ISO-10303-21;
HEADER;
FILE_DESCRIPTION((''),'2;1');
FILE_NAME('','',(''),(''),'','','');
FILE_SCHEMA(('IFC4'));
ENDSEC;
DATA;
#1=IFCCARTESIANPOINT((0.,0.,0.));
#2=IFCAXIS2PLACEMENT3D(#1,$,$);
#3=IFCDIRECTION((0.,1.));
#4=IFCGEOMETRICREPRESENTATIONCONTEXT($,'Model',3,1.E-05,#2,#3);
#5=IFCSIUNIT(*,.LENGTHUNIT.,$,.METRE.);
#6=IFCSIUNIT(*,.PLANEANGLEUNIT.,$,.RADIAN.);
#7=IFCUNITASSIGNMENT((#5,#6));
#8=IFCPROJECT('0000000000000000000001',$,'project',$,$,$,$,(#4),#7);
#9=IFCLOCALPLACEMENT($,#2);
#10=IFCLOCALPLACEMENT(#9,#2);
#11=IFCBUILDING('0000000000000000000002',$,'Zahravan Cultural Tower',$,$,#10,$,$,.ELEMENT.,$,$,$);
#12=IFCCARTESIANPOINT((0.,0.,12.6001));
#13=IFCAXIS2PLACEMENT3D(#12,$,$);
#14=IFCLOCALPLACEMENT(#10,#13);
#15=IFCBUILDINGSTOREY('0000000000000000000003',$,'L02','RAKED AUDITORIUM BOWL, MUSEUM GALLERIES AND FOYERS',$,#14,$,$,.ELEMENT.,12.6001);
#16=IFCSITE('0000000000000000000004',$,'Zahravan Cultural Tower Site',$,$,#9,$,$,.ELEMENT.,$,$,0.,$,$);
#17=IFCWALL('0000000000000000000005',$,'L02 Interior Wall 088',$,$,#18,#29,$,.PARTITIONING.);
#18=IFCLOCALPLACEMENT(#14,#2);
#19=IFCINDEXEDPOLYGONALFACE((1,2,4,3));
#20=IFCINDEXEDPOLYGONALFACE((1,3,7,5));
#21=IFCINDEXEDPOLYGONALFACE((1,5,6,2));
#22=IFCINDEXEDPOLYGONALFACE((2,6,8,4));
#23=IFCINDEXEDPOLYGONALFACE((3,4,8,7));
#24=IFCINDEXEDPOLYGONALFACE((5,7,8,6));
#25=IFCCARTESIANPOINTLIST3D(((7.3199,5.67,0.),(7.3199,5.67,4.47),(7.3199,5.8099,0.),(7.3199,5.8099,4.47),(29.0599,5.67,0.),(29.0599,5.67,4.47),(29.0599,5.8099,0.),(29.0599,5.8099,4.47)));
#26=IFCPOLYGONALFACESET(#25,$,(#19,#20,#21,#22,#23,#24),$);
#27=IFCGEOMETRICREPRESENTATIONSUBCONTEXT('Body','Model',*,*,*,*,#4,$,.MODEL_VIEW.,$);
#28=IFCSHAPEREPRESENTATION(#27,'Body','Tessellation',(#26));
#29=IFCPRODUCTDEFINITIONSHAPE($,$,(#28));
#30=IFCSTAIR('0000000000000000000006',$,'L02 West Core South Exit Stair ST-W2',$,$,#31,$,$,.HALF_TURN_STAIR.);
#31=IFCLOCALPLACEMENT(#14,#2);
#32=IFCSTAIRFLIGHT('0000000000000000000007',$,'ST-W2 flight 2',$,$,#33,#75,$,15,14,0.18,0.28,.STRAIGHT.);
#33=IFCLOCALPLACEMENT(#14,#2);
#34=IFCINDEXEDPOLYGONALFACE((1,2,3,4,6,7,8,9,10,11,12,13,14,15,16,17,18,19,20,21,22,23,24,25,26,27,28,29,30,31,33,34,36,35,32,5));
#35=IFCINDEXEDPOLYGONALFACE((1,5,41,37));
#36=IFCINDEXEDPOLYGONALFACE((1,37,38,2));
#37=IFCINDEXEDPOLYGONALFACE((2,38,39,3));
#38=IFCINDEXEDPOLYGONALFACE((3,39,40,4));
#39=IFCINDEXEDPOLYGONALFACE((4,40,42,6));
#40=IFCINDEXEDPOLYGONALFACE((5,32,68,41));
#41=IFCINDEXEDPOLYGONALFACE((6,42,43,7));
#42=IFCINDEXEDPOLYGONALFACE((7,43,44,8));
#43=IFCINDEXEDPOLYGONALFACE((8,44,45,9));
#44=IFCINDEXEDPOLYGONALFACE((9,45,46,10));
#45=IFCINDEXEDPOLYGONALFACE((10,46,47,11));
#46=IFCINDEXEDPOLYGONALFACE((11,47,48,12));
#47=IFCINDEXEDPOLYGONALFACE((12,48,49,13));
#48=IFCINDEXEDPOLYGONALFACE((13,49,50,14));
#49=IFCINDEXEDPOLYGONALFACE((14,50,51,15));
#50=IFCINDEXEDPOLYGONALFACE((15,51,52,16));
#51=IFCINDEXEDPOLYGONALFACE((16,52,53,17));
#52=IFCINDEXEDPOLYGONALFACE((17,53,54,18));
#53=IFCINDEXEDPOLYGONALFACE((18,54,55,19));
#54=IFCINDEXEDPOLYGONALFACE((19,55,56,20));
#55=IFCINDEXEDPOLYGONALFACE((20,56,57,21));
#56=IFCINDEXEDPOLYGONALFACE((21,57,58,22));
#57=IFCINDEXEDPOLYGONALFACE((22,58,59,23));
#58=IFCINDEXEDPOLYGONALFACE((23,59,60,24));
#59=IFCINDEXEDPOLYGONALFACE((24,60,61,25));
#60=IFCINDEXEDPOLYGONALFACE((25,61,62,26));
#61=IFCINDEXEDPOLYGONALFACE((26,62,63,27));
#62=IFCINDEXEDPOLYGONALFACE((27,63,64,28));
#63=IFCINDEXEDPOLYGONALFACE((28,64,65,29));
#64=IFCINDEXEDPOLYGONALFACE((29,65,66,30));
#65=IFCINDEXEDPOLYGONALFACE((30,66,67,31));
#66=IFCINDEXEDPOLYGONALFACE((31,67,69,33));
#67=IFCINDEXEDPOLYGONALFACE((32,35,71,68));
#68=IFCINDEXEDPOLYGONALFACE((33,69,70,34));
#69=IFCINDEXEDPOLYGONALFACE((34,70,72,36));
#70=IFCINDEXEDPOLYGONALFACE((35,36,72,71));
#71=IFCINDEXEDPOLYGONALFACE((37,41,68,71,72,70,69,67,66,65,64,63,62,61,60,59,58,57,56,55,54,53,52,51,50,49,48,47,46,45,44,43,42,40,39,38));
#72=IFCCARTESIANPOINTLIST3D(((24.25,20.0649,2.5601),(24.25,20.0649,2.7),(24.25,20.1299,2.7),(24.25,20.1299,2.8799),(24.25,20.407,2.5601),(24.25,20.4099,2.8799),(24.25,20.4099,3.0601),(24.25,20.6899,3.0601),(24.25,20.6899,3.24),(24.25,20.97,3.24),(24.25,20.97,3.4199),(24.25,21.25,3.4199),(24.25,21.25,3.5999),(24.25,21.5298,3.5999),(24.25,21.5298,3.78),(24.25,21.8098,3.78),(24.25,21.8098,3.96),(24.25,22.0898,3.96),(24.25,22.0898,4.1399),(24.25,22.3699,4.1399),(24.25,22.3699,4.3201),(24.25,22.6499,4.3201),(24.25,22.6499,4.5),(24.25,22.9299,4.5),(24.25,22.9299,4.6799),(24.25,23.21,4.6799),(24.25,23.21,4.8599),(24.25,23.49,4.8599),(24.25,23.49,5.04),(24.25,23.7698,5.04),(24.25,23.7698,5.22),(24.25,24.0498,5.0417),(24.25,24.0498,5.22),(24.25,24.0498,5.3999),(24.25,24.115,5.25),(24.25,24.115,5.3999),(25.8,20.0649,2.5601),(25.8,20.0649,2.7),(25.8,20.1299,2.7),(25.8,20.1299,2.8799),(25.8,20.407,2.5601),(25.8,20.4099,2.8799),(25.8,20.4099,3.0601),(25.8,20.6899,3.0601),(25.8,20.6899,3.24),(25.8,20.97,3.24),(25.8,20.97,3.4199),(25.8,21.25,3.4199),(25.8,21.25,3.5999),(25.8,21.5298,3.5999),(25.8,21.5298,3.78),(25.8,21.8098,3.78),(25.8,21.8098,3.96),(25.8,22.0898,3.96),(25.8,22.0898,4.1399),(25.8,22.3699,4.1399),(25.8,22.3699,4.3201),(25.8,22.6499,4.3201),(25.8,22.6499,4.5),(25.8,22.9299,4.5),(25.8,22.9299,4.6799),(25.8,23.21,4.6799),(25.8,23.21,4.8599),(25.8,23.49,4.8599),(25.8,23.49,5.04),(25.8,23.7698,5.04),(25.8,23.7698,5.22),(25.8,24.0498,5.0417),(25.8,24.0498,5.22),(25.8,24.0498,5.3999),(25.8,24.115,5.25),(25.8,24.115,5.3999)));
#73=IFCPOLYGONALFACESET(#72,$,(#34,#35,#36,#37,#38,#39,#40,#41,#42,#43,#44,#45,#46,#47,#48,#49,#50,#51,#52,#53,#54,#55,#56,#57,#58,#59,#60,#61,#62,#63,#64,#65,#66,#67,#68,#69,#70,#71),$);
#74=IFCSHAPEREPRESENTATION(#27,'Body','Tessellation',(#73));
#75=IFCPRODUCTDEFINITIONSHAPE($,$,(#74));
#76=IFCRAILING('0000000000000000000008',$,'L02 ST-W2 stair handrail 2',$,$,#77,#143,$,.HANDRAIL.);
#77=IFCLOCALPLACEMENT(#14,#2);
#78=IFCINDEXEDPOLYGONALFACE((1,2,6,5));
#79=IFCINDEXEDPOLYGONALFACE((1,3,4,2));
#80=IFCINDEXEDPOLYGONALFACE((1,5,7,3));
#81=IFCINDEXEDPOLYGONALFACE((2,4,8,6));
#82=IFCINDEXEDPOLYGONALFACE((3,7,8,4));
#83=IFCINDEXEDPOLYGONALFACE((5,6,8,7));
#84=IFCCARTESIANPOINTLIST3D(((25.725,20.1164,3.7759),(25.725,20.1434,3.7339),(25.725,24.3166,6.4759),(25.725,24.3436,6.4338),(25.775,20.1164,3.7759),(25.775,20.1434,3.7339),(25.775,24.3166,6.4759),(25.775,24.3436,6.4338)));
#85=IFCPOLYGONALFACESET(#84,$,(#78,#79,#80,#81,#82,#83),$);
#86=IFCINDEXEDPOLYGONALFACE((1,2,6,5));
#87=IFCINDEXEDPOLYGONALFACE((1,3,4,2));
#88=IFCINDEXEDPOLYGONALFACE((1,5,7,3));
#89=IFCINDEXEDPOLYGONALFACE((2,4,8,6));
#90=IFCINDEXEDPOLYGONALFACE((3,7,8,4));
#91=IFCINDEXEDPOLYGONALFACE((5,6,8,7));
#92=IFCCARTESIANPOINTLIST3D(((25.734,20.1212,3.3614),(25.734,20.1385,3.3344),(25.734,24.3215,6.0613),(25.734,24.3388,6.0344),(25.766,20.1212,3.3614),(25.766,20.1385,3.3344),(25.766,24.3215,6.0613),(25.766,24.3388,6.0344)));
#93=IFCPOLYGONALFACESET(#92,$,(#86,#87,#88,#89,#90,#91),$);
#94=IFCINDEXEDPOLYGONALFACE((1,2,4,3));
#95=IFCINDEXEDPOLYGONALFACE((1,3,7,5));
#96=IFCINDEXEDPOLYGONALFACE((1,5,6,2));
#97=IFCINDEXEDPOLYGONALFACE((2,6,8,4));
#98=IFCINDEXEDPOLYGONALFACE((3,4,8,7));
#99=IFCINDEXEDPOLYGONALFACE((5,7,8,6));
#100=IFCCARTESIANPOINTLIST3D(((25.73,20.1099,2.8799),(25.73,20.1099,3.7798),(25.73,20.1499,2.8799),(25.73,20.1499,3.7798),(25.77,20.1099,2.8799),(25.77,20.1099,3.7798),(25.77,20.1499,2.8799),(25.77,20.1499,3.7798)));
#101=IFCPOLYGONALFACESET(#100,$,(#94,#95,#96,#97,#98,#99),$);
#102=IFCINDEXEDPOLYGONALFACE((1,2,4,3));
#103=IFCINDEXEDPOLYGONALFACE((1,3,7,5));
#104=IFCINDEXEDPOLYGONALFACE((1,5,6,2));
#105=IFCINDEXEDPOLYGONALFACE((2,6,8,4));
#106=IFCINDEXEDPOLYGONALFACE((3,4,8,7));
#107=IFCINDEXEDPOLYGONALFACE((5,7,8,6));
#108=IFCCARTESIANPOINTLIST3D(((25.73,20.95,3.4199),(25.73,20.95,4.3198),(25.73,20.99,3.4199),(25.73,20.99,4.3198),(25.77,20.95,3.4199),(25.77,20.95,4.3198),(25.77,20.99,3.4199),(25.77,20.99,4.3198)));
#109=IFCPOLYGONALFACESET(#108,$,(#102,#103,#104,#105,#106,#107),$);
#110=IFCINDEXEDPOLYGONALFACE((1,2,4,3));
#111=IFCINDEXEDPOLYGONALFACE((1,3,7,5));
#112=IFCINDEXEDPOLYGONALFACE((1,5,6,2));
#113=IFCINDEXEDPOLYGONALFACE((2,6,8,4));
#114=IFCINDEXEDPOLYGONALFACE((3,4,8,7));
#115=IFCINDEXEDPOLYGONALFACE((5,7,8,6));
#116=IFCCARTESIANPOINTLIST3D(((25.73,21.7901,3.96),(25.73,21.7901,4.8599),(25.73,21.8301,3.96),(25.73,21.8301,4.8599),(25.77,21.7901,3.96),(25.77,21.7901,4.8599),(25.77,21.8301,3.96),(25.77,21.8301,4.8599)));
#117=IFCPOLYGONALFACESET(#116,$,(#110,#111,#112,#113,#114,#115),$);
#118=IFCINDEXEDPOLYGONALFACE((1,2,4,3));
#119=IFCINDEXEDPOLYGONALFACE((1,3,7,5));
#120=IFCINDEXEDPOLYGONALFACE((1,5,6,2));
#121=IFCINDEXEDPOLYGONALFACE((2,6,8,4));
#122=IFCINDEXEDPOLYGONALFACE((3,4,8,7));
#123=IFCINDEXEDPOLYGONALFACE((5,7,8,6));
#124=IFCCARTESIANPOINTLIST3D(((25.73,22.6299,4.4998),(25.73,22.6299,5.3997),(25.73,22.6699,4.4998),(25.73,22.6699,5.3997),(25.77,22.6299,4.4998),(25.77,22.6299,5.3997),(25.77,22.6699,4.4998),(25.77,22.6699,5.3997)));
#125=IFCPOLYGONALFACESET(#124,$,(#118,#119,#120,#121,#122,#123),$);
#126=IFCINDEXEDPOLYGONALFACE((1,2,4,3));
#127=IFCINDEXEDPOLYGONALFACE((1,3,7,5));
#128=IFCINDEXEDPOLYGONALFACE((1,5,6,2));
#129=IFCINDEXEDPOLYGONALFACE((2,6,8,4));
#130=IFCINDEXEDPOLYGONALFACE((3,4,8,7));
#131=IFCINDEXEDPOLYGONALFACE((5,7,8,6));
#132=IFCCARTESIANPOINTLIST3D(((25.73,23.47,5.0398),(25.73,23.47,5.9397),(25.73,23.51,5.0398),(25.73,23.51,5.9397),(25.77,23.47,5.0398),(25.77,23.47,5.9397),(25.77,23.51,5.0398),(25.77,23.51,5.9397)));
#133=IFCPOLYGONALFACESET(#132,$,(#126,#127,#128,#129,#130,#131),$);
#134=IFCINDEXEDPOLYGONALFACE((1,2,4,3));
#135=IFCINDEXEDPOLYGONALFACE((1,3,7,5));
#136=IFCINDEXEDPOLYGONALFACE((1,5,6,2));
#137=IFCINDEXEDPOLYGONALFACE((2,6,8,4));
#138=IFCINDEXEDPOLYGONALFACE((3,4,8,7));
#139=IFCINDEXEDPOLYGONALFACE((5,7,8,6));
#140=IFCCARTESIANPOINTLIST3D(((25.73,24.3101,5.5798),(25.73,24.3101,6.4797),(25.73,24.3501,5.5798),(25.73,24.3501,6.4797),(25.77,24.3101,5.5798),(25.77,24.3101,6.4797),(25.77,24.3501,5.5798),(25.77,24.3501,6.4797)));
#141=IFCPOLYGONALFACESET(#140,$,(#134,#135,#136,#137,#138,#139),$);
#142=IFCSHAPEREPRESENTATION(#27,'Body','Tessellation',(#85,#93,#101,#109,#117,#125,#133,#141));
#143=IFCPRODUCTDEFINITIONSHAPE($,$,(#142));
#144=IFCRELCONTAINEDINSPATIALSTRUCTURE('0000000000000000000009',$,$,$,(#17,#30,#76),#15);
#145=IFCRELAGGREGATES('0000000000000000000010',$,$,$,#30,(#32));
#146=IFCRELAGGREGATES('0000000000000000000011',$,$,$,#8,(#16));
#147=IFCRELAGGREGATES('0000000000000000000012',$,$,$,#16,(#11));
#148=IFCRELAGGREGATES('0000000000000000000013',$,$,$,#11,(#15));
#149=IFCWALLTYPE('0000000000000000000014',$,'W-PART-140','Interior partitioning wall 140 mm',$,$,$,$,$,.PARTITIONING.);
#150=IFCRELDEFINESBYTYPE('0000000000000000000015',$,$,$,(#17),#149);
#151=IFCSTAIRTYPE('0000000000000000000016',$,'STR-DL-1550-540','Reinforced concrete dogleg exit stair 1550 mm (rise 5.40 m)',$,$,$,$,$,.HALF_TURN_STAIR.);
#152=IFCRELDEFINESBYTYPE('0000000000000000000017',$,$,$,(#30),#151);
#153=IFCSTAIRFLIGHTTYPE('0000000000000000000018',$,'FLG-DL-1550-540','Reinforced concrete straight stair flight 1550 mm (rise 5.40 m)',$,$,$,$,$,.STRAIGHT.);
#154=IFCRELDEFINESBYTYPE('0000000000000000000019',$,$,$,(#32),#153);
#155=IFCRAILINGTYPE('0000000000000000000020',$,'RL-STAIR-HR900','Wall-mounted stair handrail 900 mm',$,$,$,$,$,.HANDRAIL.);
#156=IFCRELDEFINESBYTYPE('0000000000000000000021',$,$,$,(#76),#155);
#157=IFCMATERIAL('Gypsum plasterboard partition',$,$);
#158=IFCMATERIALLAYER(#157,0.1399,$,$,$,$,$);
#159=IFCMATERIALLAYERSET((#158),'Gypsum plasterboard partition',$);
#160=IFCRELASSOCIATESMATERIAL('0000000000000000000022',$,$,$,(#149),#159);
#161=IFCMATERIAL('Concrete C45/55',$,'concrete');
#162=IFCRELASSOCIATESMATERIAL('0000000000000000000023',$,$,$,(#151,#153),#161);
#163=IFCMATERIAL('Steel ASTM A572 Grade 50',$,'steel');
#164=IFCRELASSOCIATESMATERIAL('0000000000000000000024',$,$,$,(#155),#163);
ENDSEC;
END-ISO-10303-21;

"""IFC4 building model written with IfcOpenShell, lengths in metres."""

from ifc_helpers import new_model, si_unit, direction, frame, frame_2d, origin, origin_2d, place, context, subcontext, project, spatial, polyline, rectangle, outline, extrude, source, transform, mapped, material, layer, layer_set, type_object, element, aggregate, save


model = new_model("IFC4")

# Units and contexts
model_context = context("Model", 3, precision=1e-05, world=origin(), true_north=direction((0.0, 1.0)))
body_context = subcontext(model_context, "Body", "Model", "MODEL_VIEW")
ifc_project = project(units=[si_unit("LENGTHUNIT", "METRE"), si_unit("PLANEANGLEUNIT", "RADIAN")], contexts=[model_context])

# Site, building, storey
site_placement = place(None, origin())
site = spatial("IfcSite", under=ifc_project, at=site_placement, Name="Zahravan Cultural Tower Site", CompositionType="ELEMENT", RefElevation=0.0)
building_placement = place(site_placement, origin())
building = spatial("IfcBuilding", under=site, at=building_placement, Name="Zahravan Cultural Tower", CompositionType="ELEMENT")
storey_placement = place(building_placement, frame((0.0, 0.0, 12.6001)))
storey = spatial("IfcBuildingStorey", under=building, at=storey_placement, Name="L02", Description="RAKED AUDITORIUM BOWL, MUSEUM GALLERIES AND FOYERS", CompositionType="ELEMENT", Elevation=12.6001)

# Shared definitions
ifc_material_1 = material(Name="Steel ASTM A572 Grade 50", Category="steel")

# Shared definitions
ifc_material_2 = material(Name="Gypsum plasterboard partition")
ifc_layer_1 = layer(ifc_material_2, 0.1399)
ifc_layer_set_1 = layer_set([ifc_layer_1], Name="Gypsum plasterboard partition")
wall_type_1 = type_object("IfcWallType", Name="W-PART-140", Description="Interior partitioning wall 140 mm", PredefinedType="PARTITIONING", material=ifc_layer_set_1)
ifc_material_3 = material(Name="Concrete C45/55", Category="concrete")

# Wall
shared_shape_1 = source(origin(), body_context, "Body", "SweptSolid", [
    extrude(rectangle(XDim=21.74, YDim=0.1399, at=frame_2d((10.8701, 0.0))), origin(), (0.0, 0.0, 1.0), 4.47),
])
wall_1_placement = place(storey_placement, frame((29.0601, 5.74, 0.0), z_axis=(0.0, 0.0, 1.0), x_axis=(-1.0, 0.0, 0.0)))
element("IfcWall", 1, at=wall_1_placement, inside=storey, type_object=wall_type_1, Name="L02 Interior Wall 088", PredefinedType="PARTITIONING", context=body_context, shape_type="MappedRepresentation", body=[
    mapped(shared_shape_1, transform((0.0, 0.0, 0.0), x_axis=(1.0, 0.0, 0.0), y_axis=(0.0, 1.0, 0.0), z_axis=(0.0, 0.0, 1.0), scale=1.0)),
])

# Stair, stair flight
stair_type = type_object("IfcStairType", Name="STR-DL-1550-540", Description="Reinforced concrete dogleg exit stair 1550 mm (rise 5.40 m)", PredefinedType="HALF_TURN_STAIR", material=ifc_material_3)
stair_placement = place(storey_placement, origin())
stair = element("IfcStair", 2, at=stair_placement, inside=storey, type_object=stair_type, Name="L02 West Core South Exit Stair ST-W2", PredefinedType="HALF_TURN_STAIR")
stair_flight_type = type_object("IfcStairFlightType", Name="FLG-DL-1550-540", Description="Reinforced concrete straight stair flight 1550 mm (rise 5.40 m)", PredefinedType="STRAIGHT", material=ifc_material_3)
stair_flight_placement = place(storey_placement, frame((25.0249, 20.1299, 2.7), z_axis=(0.0, 0.0, 1.0), x_axis=(0.0, 1.0, 0.0)))
stair_flight = element("IfcStairFlight", 3, at=stair_flight_placement, type_object=stair_flight_type, Name="ST-W2 flight 2", NumberOfRisers=15, NumberOfTreads=14, PredefinedType="STRAIGHT", RiserHeight=0.18, TreadLength=0.28, context=body_context, shape_type="SweptSolid", body=[
    extrude(outline(polyline([(-0.0649, -0.1399), (-0.0649, 0.0), (0.0, 0.0), (0.0, 0.1799), (0.28, 0.1799), (0.28, 0.3601), (0.5601, 0.3601), (0.5601, 0.54), (0.8401, 0.54), (0.8401, 0.72), (1.1201, 0.72), (1.1201, 0.8999), (1.3999, 0.8999), (1.3999, 1.0801), (1.6799, 1.0801), (1.6799, 1.26), (1.96, 1.26), (1.96, 1.4399), (2.24, 1.4399), (2.24, 1.6201), (2.52, 1.6201), (2.52, 1.8), (2.8, 1.8), (2.8, 1.98), (3.0801, 1.98), (3.0801, 2.1599), (3.3601, 2.1599), (3.3601, 2.3401), (3.6399, 2.3401), (3.6399, 2.52), (3.9199, 2.52), (3.9199, 2.7), (3.9851, 2.7), (3.9851, 2.55), (3.9199, 2.3418), (0.2771, -0.1399), (-0.0649, -0.1399)])), frame((0.0, 0.7749, 0.0), z_axis=(0.0, -1.0, 0.0), x_axis=(1.0, 0.0, 0.0)), (0.0, 0.0, 1.0), 1.55),
])
aggregate(stair, [stair_flight])

# Railing
railing_type = type_object("IfcRailingType", Name="RL-STAIR-HR900", Description="Wall-mounted stair handrail 900 mm", PredefinedType="HANDRAIL", material=ifc_material_1)
railing_placement = place(storey_placement, frame((25.75, 20.1299, 2.8799)))
element("IfcRailing", 4, at=railing_placement, inside=storey, type_object=railing_type, Name="L02 ST-W2 stair handrail 2", PredefinedType="HANDRAIL", context=body_context, shape_type="SweptSolid", body=[
    extrude(rectangle(XDim=0.05, YDim=0.05, at=origin_2d()), frame((0.0, 0.0, 0.875), z_axis=(0.0, 0.841194, 0.540733), x_axis=(-1.0, 0.0, 0.0)), (0.0, 0.0, 1.0), 4.9932),
    extrude(rectangle(XDim=0.032, YDim=0.032, at=origin_2d()), frame((0.0, 0.0, 0.468), z_axis=(0.0, 0.841194, 0.540733), x_axis=(-1.0, 0.0, 0.0)), (0.0, 0.0, 1.0), 4.9932),
    extrude(rectangle(XDim=0.04, YDim=0.04, at=origin_2d()), origin(), (0.0, 0.0, 1.0), 0.8999),
    extrude(rectangle(XDim=0.04, YDim=0.04, at=origin_2d()), frame((0.0, 0.8401, 0.54)), (0.0, 0.0, 1.0), 0.8999),
    extrude(rectangle(XDim=0.04, YDim=0.04, at=origin_2d()), frame((0.0, 1.6802, 1.0801)), (0.0, 0.0, 1.0), 0.8999),
    extrude(rectangle(XDim=0.04, YDim=0.04, at=origin_2d()), frame((0.0, 2.52, 1.6199)), (0.0, 0.0, 1.0), 0.8999),
    extrude(rectangle(XDim=0.04, YDim=0.04, at=origin_2d()), frame((0.0, 3.3601, 2.1599)), (0.0, 0.0, 1.0), 0.8999),
    extrude(rectangle(XDim=0.04, YDim=0.04, at=origin_2d()), frame((0.0, 4.2002, 2.7)), (0.0, 0.0, 1.0), 0.8999),
])

save(model, "model.ifc")
